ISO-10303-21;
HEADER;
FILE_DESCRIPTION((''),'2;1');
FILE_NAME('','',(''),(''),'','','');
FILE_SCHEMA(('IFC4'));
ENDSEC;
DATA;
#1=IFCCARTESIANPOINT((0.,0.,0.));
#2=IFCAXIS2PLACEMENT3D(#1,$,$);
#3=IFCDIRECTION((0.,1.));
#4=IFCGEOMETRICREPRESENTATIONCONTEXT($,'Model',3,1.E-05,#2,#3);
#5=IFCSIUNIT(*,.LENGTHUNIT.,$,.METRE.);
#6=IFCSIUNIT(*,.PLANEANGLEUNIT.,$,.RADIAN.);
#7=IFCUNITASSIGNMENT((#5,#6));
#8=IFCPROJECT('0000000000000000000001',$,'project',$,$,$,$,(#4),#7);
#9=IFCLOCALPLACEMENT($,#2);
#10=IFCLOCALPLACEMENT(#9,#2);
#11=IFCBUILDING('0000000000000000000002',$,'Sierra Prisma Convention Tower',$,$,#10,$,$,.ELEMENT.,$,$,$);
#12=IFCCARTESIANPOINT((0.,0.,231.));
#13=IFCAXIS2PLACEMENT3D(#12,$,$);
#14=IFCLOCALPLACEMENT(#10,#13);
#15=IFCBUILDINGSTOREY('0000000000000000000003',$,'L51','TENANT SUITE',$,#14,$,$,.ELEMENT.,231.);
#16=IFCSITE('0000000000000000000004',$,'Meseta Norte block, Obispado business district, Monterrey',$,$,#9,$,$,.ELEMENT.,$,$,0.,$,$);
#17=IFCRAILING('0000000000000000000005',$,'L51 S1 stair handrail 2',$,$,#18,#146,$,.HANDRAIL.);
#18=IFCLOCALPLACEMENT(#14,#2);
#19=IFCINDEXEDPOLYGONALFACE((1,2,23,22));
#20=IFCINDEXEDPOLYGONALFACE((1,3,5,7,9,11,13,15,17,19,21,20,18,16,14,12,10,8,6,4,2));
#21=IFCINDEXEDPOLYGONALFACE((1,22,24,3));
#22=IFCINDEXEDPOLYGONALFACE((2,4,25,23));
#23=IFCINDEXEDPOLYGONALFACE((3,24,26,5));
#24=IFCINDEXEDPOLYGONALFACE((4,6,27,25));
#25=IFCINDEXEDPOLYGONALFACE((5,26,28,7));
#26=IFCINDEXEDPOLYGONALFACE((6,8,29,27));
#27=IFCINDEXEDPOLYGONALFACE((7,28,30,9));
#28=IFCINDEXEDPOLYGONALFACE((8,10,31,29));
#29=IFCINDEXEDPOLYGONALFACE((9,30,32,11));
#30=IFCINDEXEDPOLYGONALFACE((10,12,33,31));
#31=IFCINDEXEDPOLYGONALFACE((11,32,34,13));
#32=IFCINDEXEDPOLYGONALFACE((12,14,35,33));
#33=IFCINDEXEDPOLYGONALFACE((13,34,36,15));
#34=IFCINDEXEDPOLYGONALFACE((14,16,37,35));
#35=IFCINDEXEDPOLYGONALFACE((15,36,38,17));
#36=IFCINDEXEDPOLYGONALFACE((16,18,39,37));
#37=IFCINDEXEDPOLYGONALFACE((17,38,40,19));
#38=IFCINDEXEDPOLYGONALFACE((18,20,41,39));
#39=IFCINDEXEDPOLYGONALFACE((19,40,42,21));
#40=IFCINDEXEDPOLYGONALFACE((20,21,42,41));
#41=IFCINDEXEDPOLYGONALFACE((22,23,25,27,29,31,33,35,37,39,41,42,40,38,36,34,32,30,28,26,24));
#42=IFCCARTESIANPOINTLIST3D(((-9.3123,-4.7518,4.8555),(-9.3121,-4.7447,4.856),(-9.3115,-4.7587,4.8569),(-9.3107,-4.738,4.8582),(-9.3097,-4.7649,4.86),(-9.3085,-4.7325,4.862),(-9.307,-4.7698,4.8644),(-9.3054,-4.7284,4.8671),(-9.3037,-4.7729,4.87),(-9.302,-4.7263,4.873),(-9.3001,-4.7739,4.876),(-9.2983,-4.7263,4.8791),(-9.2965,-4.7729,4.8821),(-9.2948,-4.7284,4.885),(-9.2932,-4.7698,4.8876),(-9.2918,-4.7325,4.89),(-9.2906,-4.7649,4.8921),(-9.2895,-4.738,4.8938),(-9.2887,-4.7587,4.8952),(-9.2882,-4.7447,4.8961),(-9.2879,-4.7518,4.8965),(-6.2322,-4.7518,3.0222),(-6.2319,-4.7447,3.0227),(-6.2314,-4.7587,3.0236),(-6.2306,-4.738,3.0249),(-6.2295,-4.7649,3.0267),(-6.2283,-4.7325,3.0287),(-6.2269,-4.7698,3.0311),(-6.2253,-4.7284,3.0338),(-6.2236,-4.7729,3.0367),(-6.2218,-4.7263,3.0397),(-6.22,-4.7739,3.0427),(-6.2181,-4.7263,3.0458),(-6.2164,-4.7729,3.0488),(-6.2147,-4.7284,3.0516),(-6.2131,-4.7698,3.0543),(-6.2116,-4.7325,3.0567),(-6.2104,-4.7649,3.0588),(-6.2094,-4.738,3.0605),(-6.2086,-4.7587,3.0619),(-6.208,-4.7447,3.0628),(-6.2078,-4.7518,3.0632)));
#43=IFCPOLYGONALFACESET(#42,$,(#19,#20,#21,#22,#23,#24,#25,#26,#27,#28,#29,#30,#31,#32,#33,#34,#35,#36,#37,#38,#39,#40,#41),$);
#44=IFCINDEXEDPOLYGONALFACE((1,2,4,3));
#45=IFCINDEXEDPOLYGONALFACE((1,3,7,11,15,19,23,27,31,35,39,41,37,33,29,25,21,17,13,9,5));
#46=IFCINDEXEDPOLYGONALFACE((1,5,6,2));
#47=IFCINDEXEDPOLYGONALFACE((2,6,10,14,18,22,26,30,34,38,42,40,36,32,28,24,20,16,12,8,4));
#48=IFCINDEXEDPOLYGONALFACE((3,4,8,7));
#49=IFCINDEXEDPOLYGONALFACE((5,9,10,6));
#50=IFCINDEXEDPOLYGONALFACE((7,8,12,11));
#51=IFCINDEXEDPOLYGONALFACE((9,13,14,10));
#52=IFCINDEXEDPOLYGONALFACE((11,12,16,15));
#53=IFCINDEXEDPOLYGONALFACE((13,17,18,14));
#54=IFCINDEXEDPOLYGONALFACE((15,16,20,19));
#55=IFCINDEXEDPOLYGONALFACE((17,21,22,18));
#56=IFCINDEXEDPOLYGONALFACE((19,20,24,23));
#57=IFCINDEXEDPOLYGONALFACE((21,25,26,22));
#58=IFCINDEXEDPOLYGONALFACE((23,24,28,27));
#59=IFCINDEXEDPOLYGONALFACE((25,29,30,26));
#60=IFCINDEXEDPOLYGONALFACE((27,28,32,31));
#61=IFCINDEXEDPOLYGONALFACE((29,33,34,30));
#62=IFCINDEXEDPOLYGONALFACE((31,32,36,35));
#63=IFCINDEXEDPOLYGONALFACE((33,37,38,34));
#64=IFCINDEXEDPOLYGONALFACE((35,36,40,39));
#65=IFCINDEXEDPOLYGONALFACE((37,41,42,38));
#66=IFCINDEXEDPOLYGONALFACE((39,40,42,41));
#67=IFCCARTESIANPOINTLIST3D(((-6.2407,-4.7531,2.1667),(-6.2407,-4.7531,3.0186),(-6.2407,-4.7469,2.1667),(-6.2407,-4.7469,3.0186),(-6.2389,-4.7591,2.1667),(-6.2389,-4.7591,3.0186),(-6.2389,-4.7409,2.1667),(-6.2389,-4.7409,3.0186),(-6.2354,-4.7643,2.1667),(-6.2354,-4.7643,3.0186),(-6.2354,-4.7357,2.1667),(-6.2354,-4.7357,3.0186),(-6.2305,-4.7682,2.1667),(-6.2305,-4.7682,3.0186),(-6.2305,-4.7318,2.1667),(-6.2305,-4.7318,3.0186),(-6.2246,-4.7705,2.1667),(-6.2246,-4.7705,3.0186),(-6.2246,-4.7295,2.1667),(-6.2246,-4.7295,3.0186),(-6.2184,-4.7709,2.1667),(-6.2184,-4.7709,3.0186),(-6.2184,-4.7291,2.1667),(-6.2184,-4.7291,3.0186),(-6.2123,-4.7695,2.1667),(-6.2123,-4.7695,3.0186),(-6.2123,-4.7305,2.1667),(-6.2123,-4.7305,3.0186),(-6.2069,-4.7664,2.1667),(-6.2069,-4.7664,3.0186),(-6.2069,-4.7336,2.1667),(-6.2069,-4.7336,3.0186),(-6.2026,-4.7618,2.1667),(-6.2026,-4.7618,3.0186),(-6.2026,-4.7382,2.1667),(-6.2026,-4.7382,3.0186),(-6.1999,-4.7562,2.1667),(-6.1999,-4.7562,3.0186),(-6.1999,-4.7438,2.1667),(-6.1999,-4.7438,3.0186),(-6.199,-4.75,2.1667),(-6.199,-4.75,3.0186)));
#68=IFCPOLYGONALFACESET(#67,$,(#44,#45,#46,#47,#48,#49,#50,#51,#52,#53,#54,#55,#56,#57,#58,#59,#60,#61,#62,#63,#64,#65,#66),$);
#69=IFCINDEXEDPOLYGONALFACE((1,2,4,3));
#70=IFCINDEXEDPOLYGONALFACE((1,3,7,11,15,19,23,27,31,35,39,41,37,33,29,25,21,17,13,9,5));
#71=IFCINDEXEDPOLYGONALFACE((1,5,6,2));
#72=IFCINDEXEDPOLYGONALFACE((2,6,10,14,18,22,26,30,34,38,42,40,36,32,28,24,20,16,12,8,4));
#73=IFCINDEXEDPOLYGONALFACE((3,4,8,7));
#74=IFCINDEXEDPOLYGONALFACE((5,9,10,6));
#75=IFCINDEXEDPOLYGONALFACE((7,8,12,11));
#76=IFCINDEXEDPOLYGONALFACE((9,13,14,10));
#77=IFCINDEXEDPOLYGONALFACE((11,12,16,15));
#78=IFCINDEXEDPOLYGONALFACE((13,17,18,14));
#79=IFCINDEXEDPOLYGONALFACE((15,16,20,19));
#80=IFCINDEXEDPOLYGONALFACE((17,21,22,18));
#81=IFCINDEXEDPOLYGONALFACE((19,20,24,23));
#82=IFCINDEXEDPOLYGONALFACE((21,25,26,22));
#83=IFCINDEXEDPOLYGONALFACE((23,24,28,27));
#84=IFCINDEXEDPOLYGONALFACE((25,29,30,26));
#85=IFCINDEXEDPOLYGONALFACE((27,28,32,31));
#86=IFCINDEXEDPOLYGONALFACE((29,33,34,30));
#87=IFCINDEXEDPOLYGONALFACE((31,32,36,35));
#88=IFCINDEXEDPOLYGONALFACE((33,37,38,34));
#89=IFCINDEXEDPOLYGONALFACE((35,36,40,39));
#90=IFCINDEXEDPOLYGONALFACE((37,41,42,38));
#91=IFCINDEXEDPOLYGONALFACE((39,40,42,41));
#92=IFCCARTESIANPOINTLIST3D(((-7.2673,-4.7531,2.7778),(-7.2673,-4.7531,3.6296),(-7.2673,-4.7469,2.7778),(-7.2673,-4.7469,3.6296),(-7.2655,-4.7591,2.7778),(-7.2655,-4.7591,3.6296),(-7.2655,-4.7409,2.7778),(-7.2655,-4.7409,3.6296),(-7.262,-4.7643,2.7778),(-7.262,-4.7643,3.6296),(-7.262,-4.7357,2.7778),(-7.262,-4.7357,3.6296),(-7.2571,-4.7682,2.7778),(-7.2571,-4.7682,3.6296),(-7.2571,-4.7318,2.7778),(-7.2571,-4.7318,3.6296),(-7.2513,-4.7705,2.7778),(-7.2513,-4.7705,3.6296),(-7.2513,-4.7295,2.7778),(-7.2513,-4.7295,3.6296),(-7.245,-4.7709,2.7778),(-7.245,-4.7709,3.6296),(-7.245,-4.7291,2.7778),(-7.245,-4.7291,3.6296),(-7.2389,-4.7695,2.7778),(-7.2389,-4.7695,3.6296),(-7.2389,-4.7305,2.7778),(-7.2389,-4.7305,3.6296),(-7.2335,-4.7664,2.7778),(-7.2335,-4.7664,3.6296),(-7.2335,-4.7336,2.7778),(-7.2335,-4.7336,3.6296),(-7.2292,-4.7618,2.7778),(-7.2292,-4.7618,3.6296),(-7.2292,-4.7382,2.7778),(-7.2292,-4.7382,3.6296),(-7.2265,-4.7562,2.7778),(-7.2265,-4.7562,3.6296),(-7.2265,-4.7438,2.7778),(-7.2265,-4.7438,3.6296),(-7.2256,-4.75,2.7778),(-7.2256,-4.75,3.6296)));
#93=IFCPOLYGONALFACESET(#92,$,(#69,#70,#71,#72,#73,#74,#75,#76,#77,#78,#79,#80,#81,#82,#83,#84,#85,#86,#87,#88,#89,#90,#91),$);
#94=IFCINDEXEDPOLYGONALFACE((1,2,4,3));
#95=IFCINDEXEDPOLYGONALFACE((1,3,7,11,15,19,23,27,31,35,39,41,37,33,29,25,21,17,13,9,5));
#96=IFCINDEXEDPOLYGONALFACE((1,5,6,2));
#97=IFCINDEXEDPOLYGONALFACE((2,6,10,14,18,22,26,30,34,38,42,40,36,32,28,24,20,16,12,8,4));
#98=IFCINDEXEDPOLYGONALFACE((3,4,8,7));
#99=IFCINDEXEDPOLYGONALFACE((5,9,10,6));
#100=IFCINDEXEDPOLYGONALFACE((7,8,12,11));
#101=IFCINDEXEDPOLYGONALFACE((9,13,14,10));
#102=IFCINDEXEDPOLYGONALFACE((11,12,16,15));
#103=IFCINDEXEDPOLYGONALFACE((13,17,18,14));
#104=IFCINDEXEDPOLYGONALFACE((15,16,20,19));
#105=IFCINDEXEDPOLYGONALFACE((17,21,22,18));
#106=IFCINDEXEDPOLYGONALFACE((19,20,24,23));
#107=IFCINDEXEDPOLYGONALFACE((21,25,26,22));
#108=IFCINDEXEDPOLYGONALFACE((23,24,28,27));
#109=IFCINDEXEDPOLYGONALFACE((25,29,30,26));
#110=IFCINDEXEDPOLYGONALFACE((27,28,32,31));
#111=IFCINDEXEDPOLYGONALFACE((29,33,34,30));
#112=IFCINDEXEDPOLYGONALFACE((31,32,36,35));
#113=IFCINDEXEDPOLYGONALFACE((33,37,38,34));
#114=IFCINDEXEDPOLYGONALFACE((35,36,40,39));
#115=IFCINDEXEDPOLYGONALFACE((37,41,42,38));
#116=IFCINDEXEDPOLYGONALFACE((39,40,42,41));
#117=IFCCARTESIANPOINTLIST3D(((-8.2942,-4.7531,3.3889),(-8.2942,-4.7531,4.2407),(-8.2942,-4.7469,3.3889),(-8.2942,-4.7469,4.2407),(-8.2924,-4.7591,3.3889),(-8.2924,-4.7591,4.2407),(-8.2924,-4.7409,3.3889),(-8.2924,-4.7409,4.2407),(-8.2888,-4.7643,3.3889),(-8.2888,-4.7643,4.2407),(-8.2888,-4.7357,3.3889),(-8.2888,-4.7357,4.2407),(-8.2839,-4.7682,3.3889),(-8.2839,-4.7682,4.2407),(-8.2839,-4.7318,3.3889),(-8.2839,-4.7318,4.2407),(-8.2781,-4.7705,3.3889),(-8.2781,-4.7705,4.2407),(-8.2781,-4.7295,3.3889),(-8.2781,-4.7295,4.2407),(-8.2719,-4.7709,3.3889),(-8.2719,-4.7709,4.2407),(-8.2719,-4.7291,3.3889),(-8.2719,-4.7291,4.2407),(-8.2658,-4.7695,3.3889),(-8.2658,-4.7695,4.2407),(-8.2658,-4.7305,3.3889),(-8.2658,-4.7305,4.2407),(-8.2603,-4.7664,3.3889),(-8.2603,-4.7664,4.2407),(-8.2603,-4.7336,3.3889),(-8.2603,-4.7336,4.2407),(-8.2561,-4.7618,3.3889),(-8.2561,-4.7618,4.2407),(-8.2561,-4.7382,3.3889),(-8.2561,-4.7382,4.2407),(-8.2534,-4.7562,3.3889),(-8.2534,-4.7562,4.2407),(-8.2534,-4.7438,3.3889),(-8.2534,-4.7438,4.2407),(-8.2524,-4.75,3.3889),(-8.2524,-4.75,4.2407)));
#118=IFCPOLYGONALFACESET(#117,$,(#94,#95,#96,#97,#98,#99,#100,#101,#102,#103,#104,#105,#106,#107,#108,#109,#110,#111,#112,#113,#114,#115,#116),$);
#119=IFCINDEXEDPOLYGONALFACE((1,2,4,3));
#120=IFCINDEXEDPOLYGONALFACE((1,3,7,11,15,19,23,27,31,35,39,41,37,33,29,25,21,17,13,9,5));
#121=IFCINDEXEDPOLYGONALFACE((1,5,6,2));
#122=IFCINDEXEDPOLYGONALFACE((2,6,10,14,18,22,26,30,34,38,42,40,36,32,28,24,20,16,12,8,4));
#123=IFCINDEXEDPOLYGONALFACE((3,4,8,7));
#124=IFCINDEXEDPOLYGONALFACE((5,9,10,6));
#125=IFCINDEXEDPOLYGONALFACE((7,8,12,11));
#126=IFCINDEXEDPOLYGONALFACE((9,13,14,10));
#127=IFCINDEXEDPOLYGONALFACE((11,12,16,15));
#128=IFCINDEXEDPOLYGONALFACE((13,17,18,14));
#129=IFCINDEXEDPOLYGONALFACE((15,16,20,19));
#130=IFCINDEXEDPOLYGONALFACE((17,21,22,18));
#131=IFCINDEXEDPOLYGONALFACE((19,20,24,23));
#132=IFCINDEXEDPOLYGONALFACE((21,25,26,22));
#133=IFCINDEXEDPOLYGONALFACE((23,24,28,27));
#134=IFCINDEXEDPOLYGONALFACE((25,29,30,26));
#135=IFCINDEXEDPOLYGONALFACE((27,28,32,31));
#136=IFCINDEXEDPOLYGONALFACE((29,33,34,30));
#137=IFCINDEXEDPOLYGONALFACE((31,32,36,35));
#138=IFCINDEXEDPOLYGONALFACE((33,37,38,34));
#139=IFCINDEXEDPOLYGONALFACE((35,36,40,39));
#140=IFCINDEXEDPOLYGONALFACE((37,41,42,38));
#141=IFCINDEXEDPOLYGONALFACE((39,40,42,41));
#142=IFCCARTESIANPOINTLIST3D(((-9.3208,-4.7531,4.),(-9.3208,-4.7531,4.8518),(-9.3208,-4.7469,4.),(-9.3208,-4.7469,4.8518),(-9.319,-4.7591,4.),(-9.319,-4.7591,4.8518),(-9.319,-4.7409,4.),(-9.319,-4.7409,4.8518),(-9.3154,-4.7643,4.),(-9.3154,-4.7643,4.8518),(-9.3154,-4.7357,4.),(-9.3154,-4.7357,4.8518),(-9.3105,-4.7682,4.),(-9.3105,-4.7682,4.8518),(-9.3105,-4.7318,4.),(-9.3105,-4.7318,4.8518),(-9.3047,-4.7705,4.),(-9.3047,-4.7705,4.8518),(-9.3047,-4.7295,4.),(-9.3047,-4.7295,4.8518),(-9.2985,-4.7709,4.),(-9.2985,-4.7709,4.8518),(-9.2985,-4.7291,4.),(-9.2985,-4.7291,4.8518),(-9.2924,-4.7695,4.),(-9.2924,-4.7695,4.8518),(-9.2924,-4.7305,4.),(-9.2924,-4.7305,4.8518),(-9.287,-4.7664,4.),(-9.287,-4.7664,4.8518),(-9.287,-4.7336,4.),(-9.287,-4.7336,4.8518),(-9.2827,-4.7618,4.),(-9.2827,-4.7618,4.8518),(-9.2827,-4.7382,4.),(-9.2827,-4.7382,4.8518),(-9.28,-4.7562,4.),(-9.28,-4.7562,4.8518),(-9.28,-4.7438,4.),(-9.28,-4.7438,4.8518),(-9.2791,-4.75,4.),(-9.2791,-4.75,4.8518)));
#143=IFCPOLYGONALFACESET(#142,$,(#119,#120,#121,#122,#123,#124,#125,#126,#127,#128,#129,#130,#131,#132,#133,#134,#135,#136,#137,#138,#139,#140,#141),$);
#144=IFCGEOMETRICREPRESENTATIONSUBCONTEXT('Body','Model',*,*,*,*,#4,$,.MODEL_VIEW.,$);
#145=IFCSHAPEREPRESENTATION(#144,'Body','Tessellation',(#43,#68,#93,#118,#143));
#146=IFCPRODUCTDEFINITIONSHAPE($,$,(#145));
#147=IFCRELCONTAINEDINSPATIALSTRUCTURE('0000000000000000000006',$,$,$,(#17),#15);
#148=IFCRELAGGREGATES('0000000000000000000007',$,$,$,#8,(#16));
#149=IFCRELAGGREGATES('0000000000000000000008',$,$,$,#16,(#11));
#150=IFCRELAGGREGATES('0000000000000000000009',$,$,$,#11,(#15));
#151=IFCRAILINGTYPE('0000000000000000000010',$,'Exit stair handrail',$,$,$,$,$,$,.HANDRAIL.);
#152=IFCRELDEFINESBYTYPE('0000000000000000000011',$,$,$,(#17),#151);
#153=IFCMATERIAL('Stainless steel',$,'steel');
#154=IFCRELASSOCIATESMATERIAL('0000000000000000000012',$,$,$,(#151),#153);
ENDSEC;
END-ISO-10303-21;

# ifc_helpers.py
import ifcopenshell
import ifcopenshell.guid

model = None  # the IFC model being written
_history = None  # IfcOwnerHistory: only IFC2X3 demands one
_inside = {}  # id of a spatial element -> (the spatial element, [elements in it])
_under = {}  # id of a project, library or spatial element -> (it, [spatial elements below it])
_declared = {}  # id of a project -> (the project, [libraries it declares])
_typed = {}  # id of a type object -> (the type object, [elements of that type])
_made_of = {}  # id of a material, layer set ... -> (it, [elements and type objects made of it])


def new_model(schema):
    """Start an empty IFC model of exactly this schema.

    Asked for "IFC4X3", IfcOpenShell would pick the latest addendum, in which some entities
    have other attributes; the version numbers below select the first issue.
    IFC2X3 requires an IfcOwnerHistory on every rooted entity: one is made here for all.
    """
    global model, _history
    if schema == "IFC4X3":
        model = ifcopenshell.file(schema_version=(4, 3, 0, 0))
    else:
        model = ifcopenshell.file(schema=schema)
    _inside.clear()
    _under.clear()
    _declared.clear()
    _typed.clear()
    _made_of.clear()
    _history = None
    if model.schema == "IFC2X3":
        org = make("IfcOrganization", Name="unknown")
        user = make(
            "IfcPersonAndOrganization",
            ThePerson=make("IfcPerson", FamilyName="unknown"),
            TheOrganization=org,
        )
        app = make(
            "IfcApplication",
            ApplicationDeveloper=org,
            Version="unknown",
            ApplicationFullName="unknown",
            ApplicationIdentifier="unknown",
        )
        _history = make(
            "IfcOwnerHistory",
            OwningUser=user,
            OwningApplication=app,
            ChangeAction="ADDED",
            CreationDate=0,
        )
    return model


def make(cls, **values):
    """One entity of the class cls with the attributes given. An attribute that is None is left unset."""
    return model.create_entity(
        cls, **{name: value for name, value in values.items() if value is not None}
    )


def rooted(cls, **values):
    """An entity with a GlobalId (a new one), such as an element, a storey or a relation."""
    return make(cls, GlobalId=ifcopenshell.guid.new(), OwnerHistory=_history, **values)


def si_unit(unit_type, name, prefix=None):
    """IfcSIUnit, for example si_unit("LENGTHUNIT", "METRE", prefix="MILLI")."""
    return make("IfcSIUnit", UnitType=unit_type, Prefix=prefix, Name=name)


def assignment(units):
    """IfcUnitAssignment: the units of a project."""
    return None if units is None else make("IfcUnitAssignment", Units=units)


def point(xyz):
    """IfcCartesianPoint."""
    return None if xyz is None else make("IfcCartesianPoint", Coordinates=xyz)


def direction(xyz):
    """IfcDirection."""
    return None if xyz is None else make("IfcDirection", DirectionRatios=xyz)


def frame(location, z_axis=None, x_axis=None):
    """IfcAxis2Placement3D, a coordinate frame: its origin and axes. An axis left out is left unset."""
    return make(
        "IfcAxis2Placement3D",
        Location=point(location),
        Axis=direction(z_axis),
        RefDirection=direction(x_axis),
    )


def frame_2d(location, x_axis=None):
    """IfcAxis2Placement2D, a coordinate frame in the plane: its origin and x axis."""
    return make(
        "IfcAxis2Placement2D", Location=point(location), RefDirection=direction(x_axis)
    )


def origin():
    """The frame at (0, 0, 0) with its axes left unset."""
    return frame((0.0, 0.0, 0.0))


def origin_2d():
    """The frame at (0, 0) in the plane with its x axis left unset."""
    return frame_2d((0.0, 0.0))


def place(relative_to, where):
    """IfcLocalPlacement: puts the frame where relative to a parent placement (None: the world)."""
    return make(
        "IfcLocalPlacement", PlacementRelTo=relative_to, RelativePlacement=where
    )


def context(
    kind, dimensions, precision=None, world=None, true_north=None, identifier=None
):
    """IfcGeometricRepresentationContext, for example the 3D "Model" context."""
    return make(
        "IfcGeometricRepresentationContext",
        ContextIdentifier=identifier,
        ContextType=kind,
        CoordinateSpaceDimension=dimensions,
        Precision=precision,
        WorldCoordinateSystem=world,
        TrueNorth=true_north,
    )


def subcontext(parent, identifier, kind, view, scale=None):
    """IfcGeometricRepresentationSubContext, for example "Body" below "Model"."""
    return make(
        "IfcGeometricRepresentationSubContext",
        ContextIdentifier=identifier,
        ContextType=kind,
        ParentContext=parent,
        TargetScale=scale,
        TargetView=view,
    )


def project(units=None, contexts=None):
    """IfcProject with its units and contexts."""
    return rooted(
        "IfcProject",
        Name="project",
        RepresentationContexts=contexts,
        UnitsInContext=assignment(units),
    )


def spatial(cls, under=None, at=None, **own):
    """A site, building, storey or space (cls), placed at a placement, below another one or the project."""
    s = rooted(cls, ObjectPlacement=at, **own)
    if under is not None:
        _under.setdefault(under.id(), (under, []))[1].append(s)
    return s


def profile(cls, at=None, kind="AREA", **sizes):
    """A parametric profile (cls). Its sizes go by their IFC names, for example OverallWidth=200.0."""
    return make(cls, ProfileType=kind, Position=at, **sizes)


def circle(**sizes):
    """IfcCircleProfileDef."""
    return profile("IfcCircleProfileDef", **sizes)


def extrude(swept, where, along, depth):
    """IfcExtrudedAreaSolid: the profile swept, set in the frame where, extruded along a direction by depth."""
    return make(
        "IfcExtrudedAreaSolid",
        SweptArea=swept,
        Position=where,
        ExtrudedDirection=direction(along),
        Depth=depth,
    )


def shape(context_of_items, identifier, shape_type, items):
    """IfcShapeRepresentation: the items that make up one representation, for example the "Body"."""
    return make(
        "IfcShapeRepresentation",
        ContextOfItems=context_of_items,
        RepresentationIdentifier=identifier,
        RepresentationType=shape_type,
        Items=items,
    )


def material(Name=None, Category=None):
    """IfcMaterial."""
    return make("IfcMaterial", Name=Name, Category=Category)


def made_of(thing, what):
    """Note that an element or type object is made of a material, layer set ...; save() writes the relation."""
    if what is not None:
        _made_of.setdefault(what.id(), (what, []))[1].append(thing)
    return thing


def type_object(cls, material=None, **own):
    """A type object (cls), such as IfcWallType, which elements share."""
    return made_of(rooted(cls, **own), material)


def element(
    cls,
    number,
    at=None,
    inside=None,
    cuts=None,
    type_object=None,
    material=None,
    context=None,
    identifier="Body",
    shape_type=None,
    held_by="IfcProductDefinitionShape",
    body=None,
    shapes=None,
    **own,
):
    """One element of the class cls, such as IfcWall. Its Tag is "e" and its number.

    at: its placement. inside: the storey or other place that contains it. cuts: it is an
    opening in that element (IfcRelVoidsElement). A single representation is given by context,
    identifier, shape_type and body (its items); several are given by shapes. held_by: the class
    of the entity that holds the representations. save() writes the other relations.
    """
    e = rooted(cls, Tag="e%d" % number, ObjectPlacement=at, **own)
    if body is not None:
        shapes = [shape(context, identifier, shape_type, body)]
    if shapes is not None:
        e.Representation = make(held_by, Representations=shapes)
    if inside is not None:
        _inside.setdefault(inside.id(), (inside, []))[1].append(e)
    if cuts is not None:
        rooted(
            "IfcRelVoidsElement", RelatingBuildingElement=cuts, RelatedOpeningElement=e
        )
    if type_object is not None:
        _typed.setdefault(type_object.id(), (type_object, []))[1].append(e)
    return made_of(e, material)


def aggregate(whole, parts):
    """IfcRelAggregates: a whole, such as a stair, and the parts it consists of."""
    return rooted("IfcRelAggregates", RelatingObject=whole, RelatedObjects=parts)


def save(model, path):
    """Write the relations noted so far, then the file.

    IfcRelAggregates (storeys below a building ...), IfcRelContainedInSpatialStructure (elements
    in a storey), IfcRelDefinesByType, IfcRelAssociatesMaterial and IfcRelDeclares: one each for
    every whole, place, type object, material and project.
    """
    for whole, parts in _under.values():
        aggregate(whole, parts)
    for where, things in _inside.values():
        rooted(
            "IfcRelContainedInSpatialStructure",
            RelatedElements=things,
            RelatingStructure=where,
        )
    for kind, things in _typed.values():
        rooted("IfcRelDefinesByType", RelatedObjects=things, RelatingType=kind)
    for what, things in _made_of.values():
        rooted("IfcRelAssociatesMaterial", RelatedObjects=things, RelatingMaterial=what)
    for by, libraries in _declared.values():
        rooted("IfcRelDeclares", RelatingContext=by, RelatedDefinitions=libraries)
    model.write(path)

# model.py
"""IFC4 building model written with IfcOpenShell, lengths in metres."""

from ifc_helpers import new_model, si_unit, direction, frame, origin, origin_2d, place, context, subcontext, project, spatial, circle, extrude, material, type_object, element, save


model = new_model("IFC4")

# Units and contexts
model_context = context("Model", 3, precision=1e-05, world=origin(), true_north=direction((0.0, 1.0)))
body_context = subcontext(model_context, "Body", "Model", "MODEL_VIEW")
ifc_project = project(units=[si_unit("LENGTHUNIT", "METRE"), si_unit("PLANEANGLEUNIT", "RADIAN")], contexts=[model_context])

# Site, building, storey
site_placement = place(None, origin())
site = spatial("IfcSite", under=ifc_project, at=site_placement, Name="Meseta Norte block, Obispado business district, Monterrey", CompositionType="ELEMENT", RefElevation=0.0)
building_placement = place(site_placement, origin())
building = spatial("IfcBuilding", under=site, at=building_placement, Name="Sierra Prisma Convention Tower", CompositionType="ELEMENT")
storey_placement = place(building_placement, frame((0.0, 0.0, 231.0)))
storey = spatial("IfcBuildingStorey", under=building, at=storey_placement, Name="L51", Description="TENANT SUITE", CompositionType="ELEMENT", Elevation=231.0)

# Railing
ifc_material_1 = material(Name="Stainless steel", Category="steel")
railing_type_1 = type_object("IfcRailingType", Name="Exit stair handrail", PredefinedType="HANDRAIL", material=ifc_material_1)
railing_1_placement = place(storey_placement, frame((-6.22, -4.75, 2.1667)))
element("IfcRailing", 1, at=railing_1_placement, inside=storey, type_object=railing_type_1, Name="L51 S1 stair handrail 2", PredefinedType="HANDRAIL", context=body_context, shape_type="SweptSolid", body=[
    extrude(circle(Radius=0.0239, at=origin_2d()), frame((0.0, 0.0, 0.876), z_axis=(-0.859309, 0.0, 0.511458), x_axis=(0.0, -1.0, 0.0)), (0.0, 0.0, 1.0), 3.5845),
    extrude(circle(Radius=0.021, at=origin_2d()), origin(), (0.0, 0.0, 1.0), 0.8518),
    extrude(circle(Radius=0.021, at=origin_2d()), frame((-1.0266, 0.0, 0.6111)), (0.0, 0.0, 1.0), 0.8518),
    extrude(circle(Radius=0.021, at=origin_2d()), frame((-2.0535, 0.0, 1.2222)), (0.0, 0.0, 1.0), 0.8518),
    extrude(circle(Radius=0.021, at=origin_2d()), frame((-3.0801, 0.0, 1.8333)), (0.0, 0.0, 1.0), 0.8518),
])

save(model, "model.ifc")
